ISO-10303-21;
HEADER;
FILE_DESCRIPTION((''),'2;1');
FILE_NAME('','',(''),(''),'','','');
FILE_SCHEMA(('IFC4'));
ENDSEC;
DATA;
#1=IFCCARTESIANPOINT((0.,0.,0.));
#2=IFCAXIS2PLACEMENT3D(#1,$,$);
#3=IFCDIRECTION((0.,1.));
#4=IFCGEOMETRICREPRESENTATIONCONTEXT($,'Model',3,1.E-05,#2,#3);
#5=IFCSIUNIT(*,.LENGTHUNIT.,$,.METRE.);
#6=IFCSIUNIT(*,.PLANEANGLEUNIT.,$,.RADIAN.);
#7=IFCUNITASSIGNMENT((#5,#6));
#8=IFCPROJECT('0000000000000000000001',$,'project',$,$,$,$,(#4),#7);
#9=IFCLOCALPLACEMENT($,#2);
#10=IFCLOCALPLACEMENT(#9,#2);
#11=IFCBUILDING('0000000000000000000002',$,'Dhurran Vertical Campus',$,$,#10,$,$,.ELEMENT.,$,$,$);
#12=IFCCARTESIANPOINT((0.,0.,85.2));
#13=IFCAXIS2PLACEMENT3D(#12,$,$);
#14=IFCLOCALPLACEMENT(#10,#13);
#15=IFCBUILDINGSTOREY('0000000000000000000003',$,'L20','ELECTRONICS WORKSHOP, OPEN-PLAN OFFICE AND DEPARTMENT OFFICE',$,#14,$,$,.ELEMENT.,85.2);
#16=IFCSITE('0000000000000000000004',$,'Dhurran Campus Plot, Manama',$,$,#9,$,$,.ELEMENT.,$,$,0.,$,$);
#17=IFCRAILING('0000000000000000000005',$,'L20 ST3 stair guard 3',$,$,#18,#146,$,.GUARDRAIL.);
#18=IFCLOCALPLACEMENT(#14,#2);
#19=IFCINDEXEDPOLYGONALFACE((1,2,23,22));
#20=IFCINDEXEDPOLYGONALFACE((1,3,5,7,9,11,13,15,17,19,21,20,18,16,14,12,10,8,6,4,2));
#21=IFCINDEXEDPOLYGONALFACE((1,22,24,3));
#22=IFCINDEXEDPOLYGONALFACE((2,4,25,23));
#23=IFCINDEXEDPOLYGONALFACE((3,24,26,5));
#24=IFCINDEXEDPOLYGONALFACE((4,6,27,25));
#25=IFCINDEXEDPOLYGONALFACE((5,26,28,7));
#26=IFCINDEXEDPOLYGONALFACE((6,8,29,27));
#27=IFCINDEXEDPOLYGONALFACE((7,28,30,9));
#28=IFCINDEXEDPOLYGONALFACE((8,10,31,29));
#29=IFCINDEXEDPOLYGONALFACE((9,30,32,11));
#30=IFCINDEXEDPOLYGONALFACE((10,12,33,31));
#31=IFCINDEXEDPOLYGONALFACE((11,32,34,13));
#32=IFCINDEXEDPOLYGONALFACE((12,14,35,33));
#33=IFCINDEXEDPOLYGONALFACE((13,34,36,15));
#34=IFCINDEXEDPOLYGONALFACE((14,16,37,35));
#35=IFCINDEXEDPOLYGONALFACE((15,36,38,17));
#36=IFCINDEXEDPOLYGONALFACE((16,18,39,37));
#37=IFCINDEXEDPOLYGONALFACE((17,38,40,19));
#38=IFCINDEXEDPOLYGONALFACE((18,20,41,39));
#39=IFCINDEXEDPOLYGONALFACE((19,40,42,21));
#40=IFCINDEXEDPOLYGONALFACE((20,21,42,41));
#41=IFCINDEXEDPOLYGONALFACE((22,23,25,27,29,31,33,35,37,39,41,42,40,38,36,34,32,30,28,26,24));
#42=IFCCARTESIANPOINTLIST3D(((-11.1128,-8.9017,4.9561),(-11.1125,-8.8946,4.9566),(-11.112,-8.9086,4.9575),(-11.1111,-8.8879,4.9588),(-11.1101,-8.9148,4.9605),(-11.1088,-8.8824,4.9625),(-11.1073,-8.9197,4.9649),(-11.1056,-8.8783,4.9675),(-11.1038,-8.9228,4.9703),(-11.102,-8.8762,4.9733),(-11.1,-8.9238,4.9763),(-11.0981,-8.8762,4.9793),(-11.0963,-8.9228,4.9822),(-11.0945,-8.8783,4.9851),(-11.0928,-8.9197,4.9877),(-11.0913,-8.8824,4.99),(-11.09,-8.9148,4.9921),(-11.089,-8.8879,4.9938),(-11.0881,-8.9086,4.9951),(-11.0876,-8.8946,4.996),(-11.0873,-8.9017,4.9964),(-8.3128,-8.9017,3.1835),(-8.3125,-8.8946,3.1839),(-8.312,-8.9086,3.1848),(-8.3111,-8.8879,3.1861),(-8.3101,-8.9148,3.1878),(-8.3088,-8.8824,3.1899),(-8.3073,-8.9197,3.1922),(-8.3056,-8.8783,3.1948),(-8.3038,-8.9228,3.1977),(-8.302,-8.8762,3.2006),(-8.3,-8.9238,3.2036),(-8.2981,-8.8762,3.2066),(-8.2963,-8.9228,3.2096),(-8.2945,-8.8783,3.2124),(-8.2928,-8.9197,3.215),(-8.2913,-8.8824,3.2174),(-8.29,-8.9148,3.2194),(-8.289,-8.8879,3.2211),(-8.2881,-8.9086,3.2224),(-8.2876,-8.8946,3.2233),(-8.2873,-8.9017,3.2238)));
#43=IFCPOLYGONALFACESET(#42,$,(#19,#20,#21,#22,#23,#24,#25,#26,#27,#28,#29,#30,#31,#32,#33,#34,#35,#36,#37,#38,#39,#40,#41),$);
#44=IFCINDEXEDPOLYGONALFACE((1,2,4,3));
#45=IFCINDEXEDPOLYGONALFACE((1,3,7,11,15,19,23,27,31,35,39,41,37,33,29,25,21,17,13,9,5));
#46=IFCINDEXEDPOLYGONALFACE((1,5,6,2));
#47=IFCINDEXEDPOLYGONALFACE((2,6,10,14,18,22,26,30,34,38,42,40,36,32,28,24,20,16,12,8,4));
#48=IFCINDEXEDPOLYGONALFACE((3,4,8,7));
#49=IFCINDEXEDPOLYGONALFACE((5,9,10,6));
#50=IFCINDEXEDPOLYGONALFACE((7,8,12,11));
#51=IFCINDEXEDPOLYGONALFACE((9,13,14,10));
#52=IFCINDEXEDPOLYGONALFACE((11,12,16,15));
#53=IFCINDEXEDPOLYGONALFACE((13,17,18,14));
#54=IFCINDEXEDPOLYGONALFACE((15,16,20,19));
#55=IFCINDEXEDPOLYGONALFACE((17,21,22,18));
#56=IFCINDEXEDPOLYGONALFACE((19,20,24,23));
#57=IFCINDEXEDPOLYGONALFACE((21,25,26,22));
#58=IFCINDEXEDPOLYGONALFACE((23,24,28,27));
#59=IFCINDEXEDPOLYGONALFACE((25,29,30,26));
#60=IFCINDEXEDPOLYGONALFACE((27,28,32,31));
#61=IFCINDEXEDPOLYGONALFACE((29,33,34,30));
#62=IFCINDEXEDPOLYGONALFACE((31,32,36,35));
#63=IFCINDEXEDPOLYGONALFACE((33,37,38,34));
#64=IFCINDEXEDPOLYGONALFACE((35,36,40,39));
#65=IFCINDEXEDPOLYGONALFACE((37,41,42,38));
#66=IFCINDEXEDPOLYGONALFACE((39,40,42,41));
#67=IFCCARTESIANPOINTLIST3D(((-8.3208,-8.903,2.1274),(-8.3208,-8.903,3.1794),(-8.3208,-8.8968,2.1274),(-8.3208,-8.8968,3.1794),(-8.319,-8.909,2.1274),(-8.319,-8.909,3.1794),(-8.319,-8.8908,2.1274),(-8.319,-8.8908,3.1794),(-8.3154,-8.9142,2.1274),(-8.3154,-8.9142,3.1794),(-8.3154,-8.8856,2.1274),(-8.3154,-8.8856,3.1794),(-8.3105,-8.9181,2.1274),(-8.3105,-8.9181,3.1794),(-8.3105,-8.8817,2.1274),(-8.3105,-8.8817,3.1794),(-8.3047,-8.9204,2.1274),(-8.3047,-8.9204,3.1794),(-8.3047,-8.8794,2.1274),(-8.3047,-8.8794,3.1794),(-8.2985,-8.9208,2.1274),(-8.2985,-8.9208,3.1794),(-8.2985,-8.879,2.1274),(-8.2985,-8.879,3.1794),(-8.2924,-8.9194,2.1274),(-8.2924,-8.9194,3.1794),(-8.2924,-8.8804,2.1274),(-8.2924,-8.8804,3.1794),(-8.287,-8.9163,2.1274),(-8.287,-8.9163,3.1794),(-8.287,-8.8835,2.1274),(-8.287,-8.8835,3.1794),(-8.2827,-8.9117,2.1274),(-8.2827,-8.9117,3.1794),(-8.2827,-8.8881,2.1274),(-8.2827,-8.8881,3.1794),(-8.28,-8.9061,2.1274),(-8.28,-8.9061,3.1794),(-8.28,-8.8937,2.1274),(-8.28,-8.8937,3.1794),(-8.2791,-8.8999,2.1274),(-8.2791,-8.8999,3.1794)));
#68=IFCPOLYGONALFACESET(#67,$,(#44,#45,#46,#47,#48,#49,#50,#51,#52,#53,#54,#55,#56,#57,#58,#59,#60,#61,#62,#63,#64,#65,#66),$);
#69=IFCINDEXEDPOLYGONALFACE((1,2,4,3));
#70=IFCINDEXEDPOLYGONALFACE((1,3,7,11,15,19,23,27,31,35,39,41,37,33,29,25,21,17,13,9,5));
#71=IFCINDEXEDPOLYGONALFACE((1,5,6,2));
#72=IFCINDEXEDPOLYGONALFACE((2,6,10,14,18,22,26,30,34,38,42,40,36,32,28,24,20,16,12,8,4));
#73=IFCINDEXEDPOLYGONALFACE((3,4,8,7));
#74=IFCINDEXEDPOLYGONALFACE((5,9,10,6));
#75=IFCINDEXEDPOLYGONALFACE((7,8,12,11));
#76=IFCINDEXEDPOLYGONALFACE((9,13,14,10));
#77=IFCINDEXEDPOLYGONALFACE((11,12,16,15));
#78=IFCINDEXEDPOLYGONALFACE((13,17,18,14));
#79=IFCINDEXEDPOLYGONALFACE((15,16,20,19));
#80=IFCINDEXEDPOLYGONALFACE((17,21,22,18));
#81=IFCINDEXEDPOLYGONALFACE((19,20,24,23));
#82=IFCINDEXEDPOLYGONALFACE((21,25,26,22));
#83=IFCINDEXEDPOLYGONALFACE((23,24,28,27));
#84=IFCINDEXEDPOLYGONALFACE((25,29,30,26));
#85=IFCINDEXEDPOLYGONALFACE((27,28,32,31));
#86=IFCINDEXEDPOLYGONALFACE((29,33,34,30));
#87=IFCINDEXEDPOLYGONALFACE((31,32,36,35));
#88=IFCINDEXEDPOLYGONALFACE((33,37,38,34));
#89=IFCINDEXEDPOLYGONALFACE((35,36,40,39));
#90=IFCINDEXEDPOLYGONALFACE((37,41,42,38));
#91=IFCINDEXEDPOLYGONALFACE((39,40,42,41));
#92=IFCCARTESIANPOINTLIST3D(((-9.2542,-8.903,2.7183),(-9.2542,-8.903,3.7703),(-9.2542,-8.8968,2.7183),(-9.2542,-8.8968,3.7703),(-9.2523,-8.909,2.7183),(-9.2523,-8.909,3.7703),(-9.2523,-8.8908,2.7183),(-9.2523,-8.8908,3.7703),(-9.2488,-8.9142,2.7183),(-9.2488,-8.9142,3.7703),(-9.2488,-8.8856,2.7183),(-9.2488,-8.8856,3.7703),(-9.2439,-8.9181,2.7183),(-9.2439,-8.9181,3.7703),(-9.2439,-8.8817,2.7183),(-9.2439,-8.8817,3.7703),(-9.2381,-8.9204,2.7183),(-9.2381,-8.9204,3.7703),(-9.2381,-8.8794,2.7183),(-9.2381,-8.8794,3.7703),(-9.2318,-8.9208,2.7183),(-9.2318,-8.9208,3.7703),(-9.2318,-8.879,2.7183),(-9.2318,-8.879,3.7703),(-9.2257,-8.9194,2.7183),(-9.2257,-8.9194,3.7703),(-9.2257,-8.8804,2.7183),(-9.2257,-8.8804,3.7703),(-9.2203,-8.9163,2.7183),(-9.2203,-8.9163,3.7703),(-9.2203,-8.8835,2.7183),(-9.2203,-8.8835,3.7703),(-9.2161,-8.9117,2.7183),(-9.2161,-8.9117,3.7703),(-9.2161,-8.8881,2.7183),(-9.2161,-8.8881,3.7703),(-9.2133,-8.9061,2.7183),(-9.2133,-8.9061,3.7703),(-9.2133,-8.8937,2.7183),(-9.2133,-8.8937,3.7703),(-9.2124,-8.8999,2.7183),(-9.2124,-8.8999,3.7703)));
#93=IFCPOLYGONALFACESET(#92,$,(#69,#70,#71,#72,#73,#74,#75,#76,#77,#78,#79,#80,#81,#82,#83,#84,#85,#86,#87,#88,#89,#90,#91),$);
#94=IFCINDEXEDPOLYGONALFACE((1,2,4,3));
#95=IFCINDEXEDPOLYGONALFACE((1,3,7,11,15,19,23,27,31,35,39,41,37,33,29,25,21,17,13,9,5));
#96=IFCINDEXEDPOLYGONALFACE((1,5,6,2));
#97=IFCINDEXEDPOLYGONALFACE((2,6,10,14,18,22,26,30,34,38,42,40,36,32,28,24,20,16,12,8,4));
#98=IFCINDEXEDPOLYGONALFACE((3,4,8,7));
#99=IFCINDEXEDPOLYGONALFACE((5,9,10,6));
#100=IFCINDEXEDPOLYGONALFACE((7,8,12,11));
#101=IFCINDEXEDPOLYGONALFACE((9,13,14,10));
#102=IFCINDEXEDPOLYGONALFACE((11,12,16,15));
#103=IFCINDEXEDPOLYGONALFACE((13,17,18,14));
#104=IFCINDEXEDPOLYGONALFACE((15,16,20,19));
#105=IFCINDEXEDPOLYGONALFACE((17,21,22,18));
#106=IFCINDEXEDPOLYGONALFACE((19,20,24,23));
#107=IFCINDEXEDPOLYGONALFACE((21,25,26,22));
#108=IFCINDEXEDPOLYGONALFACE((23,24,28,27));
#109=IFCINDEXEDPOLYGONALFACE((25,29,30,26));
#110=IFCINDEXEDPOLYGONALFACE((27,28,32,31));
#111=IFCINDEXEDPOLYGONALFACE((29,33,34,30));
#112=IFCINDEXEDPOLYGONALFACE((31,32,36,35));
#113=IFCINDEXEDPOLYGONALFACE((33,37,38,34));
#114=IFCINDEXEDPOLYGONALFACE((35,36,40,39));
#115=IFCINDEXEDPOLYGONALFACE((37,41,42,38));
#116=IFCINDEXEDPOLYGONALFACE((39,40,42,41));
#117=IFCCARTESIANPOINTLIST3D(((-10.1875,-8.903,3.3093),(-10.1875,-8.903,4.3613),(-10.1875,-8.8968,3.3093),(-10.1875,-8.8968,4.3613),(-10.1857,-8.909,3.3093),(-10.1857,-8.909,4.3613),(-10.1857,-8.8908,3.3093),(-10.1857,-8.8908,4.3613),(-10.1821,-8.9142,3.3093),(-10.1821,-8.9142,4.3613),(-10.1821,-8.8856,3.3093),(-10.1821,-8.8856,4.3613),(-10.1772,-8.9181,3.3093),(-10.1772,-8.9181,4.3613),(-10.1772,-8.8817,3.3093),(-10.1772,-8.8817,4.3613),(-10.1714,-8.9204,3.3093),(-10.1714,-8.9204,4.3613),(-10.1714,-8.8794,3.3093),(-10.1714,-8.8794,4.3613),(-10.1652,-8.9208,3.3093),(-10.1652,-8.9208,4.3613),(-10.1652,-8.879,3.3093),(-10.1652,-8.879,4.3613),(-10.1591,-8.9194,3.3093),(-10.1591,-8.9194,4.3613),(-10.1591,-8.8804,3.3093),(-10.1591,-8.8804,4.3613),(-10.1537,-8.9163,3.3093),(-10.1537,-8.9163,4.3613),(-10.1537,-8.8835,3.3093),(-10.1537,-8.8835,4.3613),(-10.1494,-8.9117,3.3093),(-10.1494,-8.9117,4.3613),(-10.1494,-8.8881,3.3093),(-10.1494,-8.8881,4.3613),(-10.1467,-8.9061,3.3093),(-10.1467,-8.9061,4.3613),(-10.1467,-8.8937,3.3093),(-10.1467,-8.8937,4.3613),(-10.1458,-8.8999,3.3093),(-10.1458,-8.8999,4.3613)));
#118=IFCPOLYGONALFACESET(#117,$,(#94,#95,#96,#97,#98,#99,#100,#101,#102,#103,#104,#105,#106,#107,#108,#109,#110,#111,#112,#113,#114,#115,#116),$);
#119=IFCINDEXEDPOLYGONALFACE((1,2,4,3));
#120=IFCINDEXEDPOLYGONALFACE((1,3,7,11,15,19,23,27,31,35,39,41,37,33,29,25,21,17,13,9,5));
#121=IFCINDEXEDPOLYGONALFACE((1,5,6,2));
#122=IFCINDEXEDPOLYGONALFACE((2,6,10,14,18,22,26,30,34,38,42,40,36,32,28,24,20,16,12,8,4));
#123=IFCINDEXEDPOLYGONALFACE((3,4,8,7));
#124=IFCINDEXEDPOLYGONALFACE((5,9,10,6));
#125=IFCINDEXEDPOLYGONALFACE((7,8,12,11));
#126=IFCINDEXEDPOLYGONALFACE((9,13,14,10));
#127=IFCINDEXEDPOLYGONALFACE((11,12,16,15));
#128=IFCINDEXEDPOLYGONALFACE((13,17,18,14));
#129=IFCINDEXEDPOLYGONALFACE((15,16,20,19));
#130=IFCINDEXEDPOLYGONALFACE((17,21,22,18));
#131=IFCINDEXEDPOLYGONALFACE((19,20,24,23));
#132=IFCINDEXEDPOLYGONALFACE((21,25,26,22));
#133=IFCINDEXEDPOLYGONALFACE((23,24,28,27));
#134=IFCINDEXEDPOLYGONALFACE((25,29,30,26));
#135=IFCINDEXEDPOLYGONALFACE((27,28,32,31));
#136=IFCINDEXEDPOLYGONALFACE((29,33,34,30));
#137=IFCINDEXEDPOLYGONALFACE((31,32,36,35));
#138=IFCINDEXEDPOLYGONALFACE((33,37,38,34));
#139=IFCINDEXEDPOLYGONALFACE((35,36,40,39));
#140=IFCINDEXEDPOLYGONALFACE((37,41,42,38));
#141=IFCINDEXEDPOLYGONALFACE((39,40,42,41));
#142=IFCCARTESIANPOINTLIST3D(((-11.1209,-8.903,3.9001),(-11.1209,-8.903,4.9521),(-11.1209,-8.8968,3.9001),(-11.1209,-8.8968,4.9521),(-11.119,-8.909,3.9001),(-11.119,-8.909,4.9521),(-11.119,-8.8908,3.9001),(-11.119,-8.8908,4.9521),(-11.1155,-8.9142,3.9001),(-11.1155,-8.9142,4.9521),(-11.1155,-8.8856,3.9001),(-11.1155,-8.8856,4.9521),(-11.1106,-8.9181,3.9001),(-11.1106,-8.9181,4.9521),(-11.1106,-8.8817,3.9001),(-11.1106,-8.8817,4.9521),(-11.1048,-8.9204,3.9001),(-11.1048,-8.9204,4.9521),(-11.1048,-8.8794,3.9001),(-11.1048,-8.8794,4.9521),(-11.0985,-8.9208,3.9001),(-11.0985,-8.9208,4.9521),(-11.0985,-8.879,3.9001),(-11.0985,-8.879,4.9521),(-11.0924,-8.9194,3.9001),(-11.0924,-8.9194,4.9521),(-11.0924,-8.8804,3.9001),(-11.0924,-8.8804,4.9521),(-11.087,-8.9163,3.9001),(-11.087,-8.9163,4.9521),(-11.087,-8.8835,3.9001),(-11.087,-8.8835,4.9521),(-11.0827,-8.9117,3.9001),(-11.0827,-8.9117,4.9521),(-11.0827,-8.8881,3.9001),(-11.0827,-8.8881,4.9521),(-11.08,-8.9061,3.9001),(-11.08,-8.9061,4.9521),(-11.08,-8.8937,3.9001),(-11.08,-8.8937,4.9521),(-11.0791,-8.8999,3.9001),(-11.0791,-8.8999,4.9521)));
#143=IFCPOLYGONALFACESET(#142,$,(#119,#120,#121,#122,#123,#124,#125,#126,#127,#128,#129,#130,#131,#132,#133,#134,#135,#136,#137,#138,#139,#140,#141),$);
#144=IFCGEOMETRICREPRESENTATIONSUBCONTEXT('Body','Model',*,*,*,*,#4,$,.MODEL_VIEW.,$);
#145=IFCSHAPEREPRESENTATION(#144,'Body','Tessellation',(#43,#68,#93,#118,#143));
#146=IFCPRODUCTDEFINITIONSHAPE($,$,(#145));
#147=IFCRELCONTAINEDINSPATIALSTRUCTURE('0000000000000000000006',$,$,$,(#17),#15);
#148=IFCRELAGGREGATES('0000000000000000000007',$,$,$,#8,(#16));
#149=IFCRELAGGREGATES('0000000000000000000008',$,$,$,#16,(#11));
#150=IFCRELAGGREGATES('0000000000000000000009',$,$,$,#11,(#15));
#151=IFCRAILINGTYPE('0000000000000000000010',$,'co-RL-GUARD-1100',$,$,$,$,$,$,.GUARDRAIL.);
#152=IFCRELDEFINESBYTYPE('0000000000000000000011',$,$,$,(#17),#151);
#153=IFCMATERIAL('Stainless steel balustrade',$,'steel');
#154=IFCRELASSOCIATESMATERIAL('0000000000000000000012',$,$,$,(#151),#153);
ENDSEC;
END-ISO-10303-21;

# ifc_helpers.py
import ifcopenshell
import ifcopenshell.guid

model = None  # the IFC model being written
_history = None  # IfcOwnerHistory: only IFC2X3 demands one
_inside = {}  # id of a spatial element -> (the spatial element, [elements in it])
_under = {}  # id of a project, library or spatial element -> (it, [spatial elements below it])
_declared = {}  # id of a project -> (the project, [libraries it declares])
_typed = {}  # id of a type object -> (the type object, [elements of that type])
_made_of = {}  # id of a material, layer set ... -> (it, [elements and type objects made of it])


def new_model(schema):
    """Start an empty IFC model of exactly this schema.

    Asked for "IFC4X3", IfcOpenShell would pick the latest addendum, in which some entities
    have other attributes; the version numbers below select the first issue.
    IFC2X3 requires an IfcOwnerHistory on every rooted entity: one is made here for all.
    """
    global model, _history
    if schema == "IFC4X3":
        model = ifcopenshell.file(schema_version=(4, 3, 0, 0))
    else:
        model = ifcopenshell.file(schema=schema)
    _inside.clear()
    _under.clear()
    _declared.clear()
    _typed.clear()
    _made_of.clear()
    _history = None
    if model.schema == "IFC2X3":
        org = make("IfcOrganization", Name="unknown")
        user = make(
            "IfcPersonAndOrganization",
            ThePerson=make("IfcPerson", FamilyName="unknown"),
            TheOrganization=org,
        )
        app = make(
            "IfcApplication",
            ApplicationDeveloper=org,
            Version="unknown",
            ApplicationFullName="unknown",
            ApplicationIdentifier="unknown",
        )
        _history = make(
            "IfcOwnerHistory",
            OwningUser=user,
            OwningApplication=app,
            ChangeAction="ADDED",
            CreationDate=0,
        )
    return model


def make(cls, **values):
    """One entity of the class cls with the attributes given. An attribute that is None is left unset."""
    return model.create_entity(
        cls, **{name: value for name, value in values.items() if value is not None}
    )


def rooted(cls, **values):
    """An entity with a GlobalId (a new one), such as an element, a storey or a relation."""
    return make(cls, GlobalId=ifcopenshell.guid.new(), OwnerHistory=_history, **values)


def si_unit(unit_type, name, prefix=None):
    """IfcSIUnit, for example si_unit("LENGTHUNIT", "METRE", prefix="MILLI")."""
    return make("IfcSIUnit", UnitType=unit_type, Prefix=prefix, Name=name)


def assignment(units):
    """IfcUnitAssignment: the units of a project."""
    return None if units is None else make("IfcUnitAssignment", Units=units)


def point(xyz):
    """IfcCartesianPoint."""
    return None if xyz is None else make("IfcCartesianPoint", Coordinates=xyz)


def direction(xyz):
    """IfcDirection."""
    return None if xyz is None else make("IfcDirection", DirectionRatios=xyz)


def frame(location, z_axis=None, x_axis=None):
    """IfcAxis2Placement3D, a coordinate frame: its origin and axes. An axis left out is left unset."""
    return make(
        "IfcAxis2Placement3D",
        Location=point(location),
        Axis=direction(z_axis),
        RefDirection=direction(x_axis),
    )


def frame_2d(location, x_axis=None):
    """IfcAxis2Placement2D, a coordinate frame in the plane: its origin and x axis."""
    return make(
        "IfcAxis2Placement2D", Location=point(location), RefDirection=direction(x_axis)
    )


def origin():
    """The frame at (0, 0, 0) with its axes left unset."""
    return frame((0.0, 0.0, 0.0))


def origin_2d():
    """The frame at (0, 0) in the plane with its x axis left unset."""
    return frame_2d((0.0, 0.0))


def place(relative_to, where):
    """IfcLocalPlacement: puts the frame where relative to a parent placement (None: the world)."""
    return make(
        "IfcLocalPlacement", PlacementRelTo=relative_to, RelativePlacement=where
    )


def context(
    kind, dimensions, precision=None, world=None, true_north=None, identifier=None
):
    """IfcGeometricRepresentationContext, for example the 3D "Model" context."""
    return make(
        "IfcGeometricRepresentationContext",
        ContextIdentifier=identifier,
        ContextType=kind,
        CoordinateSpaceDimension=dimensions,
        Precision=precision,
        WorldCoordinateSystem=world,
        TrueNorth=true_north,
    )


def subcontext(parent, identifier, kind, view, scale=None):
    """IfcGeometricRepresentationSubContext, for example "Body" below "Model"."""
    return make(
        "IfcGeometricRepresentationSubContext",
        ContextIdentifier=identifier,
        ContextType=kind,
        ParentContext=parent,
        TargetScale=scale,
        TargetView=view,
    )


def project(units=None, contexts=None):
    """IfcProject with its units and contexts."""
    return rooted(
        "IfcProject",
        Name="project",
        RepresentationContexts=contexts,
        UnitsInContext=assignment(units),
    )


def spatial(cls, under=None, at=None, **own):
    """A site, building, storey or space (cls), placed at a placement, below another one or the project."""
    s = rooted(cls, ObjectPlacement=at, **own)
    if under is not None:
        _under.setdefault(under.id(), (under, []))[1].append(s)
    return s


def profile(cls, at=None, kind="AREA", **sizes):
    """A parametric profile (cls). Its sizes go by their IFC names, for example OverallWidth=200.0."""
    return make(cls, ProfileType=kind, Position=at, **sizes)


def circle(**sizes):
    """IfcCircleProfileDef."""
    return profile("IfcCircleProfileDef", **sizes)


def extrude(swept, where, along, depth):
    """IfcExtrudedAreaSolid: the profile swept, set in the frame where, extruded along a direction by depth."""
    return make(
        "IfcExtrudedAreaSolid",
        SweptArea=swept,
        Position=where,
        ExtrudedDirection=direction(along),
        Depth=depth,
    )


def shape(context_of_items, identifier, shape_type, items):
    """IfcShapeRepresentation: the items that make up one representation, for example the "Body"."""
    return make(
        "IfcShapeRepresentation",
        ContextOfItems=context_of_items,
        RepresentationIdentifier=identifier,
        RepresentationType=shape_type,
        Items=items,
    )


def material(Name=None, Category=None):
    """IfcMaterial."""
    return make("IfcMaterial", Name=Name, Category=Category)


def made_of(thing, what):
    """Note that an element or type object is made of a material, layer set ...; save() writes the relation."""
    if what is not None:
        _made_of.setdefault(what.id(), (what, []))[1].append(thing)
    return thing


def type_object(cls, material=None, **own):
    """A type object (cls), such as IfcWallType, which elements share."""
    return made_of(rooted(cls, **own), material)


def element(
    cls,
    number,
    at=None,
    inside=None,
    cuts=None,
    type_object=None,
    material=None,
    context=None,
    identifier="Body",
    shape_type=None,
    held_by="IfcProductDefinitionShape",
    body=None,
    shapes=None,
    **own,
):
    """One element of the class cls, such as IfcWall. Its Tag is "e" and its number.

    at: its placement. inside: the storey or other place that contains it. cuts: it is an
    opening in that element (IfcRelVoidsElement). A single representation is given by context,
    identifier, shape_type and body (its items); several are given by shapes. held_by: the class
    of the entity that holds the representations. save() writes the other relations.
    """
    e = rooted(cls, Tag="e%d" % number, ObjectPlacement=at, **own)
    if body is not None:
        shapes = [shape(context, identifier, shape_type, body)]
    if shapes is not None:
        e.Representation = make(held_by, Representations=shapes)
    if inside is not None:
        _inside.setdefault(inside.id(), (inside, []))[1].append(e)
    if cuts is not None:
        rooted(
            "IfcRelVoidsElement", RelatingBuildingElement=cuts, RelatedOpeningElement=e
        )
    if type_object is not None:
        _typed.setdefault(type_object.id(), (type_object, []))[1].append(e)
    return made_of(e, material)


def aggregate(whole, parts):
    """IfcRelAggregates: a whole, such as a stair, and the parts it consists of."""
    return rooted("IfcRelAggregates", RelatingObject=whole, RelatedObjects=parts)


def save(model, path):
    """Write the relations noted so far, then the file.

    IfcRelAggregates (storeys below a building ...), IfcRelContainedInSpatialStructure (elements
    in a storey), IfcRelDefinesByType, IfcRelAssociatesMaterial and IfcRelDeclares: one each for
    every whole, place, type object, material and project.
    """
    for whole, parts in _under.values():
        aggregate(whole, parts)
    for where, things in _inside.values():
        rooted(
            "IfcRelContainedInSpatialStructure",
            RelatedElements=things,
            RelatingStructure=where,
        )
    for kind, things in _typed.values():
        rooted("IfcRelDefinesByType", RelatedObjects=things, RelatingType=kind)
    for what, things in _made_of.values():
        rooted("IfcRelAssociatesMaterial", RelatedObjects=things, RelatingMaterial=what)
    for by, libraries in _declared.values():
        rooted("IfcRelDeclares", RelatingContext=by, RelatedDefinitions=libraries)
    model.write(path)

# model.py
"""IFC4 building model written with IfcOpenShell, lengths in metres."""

from ifc_helpers import new_model, si_unit, direction, frame, origin, origin_2d, place, context, subcontext, project, spatial, circle, extrude, material, type_object, element, save


model = new_model("IFC4")

# Units and contexts
model_context = context("Model", 3, precision=1e-05, world=origin(), true_north=direction((0.0, 1.0)))
body_context = subcontext(model_context, "Body", "Model", "MODEL_VIEW")
ifc_project = project(units=[si_unit("LENGTHUNIT", "METRE"), si_unit("PLANEANGLEUNIT", "RADIAN")], contexts=[model_context])

# Site, building, storey
site_placement = place(None, origin())
site = spatial("IfcSite", under=ifc_project, at=site_placement, Name="Dhurran Campus Plot, Manama", CompositionType="ELEMENT", RefElevation=0.0)
building_placement = place(site_placement, origin())
building = spatial("IfcBuilding", under=site, at=building_placement, Name="Dhurran Vertical Campus", CompositionType="ELEMENT")
storey_placement = place(building_placement, frame((0.0, 0.0, 85.2)))
storey = spatial("IfcBuildingStorey", under=building, at=storey_placement, Name="L20", Description="ELECTRONICS WORKSHOP, OPEN-PLAN OFFICE AND DEPARTMENT OFFICE", CompositionType="ELEMENT", Elevation=85.2)

# Railing
ifc_material_1 = material(Name="Stainless steel balustrade", Category="steel")
railing_type_1 = type_object("IfcRailingType", Name="co-RL-GUARD-1100", PredefinedType="GUARDRAIL", material=ifc_material_1)
railing_1_placement = place(storey_placement, frame((-8.3, -8.8999, 2.1274)))
element("IfcRailing", 1, at=railing_1_placement, inside=storey, type_object=railing_type_1, Name="L20 ST3 stair guard 3", PredefinedType="GUARDRAIL", context=body_context, shape_type="SweptSolid", body=[
    extrude(circle(Radius=0.0239, at=origin_2d()), frame((0.0, 0.0, 1.0762), z_axis=(-0.844909, 0.0, 0.53491), x_axis=(0.0, -1.0, 0.0)), (0.0, 0.0, 1.0), 3.314),
    extrude(circle(Radius=0.021, at=origin_2d()), origin(), (0.0, 0.0, 1.0), 1.052),
    extrude(circle(Radius=0.021, at=origin_2d()), frame((-0.9333, 0.0, 0.5908)), (0.0, 0.0, 1.0), 1.052),
    extrude(circle(Radius=0.021, at=origin_2d()), frame((-1.8667, 0.0, 1.1819)), (0.0, 0.0, 1.0), 1.052),
    extrude(circle(Radius=0.021, at=origin_2d()), frame((-2.8, 0.0, 1.7727)), (0.0, 0.0, 1.0), 1.052),
])

save(model, "model.ifc")
